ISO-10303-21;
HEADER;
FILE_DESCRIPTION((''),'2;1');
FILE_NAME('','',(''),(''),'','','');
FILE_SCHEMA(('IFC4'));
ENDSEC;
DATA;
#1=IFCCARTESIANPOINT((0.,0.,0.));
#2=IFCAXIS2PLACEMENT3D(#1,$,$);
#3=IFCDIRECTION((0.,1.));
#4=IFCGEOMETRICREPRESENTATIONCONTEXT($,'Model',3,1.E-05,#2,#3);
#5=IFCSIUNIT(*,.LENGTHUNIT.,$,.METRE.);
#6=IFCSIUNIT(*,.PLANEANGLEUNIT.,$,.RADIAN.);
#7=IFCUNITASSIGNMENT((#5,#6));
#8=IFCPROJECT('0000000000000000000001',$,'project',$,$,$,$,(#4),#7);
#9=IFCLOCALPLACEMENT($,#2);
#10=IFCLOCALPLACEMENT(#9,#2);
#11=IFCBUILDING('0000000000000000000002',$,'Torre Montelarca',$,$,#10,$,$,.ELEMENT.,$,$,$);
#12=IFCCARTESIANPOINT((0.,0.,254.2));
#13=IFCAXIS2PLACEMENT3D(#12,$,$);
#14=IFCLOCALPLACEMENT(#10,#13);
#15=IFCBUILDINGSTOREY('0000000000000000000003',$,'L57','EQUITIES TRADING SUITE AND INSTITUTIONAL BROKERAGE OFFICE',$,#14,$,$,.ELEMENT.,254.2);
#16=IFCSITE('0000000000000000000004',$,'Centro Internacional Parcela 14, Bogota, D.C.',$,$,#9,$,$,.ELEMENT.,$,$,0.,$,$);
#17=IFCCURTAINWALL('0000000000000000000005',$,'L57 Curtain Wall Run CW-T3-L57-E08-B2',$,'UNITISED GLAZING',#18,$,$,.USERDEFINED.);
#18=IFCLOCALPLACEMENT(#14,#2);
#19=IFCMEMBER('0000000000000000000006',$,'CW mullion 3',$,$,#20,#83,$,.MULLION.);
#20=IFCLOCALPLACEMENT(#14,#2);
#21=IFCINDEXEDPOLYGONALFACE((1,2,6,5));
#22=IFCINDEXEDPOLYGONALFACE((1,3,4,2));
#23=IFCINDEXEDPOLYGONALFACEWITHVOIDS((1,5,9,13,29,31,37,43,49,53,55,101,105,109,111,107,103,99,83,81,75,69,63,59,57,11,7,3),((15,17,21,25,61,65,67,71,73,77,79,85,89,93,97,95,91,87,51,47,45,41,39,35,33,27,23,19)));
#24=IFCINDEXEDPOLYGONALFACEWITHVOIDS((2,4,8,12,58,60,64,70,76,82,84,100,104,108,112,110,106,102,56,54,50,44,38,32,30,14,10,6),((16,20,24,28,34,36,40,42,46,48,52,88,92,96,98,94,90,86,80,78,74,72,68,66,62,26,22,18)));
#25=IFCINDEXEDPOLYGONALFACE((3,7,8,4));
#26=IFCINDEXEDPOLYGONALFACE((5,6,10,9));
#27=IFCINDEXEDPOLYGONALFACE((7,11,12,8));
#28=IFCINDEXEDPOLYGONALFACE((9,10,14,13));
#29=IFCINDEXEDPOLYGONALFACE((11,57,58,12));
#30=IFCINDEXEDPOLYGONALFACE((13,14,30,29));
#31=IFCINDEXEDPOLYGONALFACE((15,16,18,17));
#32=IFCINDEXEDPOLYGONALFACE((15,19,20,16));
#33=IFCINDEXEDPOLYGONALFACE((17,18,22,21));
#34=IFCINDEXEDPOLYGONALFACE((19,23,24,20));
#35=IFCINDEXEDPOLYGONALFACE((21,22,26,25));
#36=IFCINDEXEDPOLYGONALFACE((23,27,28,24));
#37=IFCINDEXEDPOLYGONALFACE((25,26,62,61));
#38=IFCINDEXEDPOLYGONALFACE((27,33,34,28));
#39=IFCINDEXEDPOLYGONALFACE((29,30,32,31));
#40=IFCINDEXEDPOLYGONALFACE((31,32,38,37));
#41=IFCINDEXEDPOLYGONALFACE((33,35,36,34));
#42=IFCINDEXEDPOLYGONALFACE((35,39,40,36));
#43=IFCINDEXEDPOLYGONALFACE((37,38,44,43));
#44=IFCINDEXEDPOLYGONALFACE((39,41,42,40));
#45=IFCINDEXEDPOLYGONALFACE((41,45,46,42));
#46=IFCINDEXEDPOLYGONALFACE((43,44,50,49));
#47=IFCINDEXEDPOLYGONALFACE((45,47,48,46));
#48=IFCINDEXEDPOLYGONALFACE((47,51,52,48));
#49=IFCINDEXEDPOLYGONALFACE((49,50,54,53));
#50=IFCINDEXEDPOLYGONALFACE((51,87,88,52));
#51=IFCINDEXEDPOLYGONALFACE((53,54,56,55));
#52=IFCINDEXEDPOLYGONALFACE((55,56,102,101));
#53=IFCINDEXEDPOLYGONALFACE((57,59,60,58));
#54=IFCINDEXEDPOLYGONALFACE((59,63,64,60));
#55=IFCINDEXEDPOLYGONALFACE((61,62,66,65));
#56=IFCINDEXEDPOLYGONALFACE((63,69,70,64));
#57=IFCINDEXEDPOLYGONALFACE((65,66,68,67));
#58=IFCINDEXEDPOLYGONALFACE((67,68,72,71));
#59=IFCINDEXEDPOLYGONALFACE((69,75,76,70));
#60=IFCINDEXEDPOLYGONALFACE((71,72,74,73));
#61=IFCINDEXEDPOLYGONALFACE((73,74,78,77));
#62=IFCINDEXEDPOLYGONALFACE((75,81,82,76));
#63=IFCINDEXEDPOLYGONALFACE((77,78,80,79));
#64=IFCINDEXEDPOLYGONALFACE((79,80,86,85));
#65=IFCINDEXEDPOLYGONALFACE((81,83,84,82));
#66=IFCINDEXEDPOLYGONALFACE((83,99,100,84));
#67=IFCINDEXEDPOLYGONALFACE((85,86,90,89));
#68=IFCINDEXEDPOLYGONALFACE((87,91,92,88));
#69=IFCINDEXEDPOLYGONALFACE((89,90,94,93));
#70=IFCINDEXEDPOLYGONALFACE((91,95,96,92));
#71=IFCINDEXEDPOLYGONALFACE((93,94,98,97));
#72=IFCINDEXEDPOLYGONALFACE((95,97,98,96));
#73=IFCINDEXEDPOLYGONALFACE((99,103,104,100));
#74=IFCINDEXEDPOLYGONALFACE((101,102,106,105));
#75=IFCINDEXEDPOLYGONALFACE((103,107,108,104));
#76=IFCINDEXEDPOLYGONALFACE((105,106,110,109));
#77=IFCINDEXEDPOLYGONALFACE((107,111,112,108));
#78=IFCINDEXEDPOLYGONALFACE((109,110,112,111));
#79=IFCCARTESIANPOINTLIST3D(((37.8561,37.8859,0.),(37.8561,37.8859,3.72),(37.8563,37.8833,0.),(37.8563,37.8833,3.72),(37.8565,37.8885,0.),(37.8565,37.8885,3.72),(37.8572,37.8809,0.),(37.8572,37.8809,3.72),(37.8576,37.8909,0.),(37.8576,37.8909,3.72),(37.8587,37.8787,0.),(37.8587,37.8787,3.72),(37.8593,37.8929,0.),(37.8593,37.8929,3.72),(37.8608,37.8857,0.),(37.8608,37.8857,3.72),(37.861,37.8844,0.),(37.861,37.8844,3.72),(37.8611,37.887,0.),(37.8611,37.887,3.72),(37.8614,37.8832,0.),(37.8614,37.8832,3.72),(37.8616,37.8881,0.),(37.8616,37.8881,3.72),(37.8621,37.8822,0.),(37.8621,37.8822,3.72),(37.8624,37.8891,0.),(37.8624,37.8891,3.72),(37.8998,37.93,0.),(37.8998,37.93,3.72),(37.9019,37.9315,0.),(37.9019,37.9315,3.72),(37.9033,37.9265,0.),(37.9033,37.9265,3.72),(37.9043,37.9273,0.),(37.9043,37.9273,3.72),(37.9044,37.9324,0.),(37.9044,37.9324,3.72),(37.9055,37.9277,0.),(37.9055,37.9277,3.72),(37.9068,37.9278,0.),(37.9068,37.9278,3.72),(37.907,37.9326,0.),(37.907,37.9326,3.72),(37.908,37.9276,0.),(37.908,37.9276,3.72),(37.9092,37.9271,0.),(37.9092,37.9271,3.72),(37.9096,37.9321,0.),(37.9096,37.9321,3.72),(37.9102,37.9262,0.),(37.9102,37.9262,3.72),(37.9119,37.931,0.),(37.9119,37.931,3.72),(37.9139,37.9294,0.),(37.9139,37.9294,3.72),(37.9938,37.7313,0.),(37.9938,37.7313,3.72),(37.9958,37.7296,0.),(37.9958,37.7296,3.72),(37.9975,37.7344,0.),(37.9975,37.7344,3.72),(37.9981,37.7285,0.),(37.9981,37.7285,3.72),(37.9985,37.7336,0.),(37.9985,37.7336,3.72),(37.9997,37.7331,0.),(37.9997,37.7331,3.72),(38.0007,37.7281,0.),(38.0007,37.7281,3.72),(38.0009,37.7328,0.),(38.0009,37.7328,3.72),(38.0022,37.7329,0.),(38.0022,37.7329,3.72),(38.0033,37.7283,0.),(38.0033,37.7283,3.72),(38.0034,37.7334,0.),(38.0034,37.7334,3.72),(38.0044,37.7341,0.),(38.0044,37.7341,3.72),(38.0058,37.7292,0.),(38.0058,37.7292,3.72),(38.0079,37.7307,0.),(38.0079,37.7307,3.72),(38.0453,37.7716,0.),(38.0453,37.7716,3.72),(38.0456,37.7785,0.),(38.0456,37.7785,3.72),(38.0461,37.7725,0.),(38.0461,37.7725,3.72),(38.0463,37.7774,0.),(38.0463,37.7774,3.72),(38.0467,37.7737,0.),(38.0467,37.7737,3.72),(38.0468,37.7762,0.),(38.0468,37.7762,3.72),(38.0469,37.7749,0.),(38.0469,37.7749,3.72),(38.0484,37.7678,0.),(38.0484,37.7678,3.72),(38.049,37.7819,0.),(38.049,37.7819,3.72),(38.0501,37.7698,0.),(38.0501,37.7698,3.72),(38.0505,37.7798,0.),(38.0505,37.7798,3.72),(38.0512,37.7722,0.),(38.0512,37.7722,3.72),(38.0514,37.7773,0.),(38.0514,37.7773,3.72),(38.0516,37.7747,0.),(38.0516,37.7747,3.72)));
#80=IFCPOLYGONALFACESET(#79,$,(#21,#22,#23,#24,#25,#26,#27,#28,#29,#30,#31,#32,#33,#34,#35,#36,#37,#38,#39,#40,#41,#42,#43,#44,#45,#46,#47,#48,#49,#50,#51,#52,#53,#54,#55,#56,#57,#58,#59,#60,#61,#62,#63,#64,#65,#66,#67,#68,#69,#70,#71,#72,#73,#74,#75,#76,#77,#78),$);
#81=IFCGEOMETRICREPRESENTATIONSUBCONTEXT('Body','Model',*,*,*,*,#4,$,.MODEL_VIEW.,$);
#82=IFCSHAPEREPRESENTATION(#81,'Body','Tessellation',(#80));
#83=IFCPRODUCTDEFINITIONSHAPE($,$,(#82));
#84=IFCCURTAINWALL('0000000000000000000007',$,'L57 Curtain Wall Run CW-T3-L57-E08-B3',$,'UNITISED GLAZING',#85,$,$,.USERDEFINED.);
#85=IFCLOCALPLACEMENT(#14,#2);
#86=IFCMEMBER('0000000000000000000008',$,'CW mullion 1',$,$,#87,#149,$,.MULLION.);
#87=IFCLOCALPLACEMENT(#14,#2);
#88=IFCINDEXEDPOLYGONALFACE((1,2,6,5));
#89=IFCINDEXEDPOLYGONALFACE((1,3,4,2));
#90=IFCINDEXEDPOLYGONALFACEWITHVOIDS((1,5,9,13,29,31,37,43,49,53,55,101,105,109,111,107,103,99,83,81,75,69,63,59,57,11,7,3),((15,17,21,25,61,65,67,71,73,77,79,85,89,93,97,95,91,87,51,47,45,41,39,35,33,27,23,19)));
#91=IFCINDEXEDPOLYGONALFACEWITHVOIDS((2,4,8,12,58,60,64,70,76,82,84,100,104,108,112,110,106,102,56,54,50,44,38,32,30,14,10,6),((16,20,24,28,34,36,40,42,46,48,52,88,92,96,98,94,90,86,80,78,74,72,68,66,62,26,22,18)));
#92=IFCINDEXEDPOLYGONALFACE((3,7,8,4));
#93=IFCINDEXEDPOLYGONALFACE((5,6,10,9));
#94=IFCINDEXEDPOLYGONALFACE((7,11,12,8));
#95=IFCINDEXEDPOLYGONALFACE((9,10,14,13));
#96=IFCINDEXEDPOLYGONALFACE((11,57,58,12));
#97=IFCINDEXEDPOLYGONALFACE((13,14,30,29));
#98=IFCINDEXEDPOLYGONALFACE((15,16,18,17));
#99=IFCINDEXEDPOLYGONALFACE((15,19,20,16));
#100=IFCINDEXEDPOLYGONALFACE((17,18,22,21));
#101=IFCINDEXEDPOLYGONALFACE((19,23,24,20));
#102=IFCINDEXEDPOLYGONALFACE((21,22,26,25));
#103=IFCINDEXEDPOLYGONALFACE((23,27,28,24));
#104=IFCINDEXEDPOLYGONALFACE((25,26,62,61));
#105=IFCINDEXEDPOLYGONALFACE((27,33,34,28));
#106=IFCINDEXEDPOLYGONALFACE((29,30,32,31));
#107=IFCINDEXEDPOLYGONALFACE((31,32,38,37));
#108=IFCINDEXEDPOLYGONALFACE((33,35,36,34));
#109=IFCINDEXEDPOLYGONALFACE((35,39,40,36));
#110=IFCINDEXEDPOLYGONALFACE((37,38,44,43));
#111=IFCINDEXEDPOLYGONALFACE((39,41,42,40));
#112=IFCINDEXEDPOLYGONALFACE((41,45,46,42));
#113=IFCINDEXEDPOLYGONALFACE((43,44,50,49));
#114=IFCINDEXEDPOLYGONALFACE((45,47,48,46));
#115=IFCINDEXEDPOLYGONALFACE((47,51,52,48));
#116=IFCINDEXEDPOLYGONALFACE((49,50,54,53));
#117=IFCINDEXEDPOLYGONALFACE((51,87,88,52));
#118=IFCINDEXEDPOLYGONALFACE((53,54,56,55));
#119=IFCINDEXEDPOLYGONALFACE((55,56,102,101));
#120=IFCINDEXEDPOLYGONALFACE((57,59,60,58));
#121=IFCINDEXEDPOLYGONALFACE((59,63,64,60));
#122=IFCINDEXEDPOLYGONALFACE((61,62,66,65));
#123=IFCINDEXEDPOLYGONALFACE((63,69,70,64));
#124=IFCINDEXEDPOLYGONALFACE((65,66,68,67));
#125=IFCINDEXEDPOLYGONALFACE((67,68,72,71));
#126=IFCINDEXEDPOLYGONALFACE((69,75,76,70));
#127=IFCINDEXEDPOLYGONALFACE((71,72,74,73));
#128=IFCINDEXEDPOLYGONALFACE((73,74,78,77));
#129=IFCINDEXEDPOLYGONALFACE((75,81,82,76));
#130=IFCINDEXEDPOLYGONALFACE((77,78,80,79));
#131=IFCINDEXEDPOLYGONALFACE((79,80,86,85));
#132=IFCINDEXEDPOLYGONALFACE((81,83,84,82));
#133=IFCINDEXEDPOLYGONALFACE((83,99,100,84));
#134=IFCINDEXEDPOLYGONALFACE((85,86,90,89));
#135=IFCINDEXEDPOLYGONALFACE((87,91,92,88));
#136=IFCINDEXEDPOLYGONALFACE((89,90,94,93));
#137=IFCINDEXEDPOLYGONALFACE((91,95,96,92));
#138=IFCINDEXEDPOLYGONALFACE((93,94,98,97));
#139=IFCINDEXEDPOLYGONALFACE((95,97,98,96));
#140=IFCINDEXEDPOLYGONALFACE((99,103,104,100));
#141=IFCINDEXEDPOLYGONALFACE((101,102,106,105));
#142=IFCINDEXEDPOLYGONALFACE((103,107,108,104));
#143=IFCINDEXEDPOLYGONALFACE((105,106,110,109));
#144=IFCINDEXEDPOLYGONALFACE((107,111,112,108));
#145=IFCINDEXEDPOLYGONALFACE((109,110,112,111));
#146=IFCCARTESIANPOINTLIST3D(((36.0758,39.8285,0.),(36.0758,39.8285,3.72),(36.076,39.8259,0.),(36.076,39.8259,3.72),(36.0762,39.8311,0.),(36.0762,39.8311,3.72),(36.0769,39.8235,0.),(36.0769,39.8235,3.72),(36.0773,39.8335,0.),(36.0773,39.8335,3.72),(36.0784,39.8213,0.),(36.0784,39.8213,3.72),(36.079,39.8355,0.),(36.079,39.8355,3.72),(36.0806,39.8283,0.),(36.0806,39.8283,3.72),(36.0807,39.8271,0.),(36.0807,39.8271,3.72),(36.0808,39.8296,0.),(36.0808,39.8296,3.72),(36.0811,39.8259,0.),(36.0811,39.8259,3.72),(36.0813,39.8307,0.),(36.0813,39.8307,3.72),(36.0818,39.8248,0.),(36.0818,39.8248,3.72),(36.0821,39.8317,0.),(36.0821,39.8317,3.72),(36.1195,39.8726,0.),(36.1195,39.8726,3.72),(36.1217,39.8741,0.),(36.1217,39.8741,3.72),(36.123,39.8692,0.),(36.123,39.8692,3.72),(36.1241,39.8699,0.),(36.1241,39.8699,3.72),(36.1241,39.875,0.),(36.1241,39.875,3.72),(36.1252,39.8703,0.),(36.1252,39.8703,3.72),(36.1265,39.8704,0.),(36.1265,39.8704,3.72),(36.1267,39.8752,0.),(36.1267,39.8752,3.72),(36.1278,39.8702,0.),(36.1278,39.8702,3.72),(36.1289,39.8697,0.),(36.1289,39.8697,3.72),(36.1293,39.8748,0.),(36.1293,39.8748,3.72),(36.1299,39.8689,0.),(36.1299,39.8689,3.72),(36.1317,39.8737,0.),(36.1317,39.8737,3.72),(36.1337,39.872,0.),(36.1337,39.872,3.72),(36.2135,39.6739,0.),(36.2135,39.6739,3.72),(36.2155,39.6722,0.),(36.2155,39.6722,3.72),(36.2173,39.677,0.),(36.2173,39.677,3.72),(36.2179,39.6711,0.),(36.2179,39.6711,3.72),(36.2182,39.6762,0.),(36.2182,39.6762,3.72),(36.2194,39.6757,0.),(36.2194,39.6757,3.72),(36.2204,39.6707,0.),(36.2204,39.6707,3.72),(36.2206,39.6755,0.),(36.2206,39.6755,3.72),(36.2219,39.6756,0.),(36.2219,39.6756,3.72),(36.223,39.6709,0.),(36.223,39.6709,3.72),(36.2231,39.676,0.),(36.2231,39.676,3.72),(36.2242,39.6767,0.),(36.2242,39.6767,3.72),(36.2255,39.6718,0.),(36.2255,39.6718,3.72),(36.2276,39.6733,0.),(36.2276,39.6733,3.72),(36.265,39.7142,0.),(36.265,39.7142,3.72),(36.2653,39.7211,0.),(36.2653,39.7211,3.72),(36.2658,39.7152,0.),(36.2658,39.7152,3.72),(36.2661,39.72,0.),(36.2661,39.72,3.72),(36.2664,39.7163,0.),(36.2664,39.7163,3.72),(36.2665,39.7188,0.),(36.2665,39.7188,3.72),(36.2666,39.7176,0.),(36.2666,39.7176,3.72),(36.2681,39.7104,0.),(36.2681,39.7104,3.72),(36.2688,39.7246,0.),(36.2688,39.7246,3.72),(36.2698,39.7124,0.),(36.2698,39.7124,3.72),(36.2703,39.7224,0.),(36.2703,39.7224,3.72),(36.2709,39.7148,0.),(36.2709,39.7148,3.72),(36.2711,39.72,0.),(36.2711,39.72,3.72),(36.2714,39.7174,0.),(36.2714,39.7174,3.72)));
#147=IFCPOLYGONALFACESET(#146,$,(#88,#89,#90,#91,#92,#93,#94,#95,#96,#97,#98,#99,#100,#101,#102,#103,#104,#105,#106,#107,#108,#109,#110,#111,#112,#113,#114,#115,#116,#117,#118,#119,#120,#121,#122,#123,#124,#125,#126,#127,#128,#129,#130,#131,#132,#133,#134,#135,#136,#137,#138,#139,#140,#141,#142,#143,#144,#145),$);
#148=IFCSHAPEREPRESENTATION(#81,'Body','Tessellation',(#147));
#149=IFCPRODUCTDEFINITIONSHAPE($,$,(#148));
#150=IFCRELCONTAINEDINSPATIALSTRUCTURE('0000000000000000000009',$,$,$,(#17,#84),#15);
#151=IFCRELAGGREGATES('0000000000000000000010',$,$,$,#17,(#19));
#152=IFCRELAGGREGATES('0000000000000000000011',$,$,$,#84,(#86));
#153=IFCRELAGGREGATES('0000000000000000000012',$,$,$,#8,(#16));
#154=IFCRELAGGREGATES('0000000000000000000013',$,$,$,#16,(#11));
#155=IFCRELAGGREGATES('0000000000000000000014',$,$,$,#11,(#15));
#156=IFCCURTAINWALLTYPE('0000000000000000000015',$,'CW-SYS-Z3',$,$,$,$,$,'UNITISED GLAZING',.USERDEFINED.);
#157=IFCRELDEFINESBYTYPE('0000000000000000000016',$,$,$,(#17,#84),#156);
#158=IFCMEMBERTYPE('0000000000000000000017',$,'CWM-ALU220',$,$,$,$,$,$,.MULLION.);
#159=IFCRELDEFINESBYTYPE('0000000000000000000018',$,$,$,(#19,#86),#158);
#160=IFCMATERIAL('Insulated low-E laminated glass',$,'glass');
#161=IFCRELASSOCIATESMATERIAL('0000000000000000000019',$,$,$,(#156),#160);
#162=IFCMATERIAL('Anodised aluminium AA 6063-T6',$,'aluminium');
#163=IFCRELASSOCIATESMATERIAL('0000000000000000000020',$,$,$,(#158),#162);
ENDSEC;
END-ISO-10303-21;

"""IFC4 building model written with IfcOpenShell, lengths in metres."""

from ifc_helpers import new_model, si_unit, direction, frame, origin, origin_2d, place, context, subcontext, project, spatial, hollow_rectangle, extrude, source, transform, mapped, material, material_profile, profile_set, type_object, element, aggregate, save


model = new_model("IFC4")

# Units and contexts
model_context = context("Model", 3, precision=1e-05, world=origin(), true_north=direction((0.0, 1.0)))
body_context = subcontext(model_context, "Body", "Model", "MODEL_VIEW")
ifc_project = project(units=[si_unit("LENGTHUNIT", "METRE"), si_unit("PLANEANGLEUNIT", "RADIAN")], contexts=[model_context])

# Site, building, storey
site_placement = place(None, origin())
site = spatial("IfcSite", under=ifc_project, at=site_placement, Name="Centro Internacional Parcela 14, Bogota, D.C.", CompositionType="ELEMENT", RefElevation=0.0)
building_placement = place(site_placement, origin())
building = spatial("IfcBuilding", under=site, at=building_placement, Name="Torre Montelarca", CompositionType="ELEMENT")
storey_placement = place(building_placement, frame((0.0, 0.0, 254.2)))
storey = spatial("IfcBuildingStorey", under=building, at=storey_placement, Name="L57", Description="EQUITIES TRADING SUITE AND INSTITUTIONAL BROKERAGE OFFICE", CompositionType="ELEMENT", Elevation=254.2)

# Shared definitions
ifc_material_1 = material(Name="Insulated low-E laminated glass", Category="glass")
curtain_wall_type = type_object("IfcCurtainWallType", Name="CW-SYS-Z3", ElementType="UNITISED GLAZING", PredefinedType="USERDEFINED", material=ifc_material_1)
ifc_material_2 = material(Name="Anodised aluminium AA 6063-T6", Category="aluminium")
ifc_material_profile_1 = material_profile(ifc_material_2, hollow_rectangle(XDim=0.075, YDim=0.22, WallThickness=0.0049, InnerFilletRadius=0.0049, OuterFilletRadius=0.01, at=origin_2d()), Name="ALU75X220X5", Category="aluminium")
ifc_profile_set_1 = profile_set([ifc_material_profile_1], Name="Anodised aluminium AA 6063-T6")
member_type_1 = type_object("IfcMemberType", Name="CWM-ALU220", PredefinedType="MULLION", material=ifc_profile_set_1)
shared_shape_1 = source(origin(), body_context, "Body", "SweptSolid", [
    extrude(hollow_rectangle(XDim=0.075, YDim=0.22, WallThickness=0.0049, InnerFilletRadius=0.0049, OuterFilletRadius=0.01, at=origin_2d()), origin(), (0.0, 0.0, 1.0), 3.72),
])

# Curtain walls, members
curtain_wall_1_placement = place(storey_placement, origin())
curtain_wall_1 = element("IfcCurtainWall", 1, at=curtain_wall_1_placement, inside=storey, type_object=curtain_wall_type, Name="L57 Curtain Wall Run CW-T3-L57-E08-B2", ObjectType="UNITISED GLAZING", PredefinedType="USERDEFINED")
member_1_placement = place(storey_placement, frame((37.9539, 37.8303, 0.0), z_axis=(0.0, 0.0, 1.0), x_axis=(-0.73728, -0.675588, 0.0)))
member_1 = element("IfcMember", 2, at=member_1_placement, type_object=member_type_1, Name="CW mullion 3", PredefinedType="MULLION", context=body_context, shape_type="MappedRepresentation", body=[
    mapped(shared_shape_1, transform((0.0, 0.0, 0.0), scale=1.0)),
])
curtain_wall_2_placement = place(storey_placement, origin())
curtain_wall_2 = element("IfcCurtainWall", 3, at=curtain_wall_2_placement, inside=storey, type_object=curtain_wall_type, Name="L57 Curtain Wall Run CW-T3-L57-E08-B3", ObjectType="UNITISED GLAZING", PredefinedType="USERDEFINED")
member_2_placement = place(storey_placement, frame((36.1736, 39.7729, 0.0), z_axis=(0.0, 0.0, 1.0), x_axis=(-0.73728, -0.675588, 0.0)))
member_2 = element("IfcMember", 4, at=member_2_placement, type_object=member_type_1, Name="CW mullion 1", PredefinedType="MULLION", context=body_context, shape_type="MappedRepresentation", body=[
    mapped(shared_shape_1, transform((0.0, 0.0, 0.0), scale=1.0)),
])

aggregate(curtain_wall_1, [member_1])
aggregate(curtain_wall_2, [member_2])

save(model, "model.ifc")
